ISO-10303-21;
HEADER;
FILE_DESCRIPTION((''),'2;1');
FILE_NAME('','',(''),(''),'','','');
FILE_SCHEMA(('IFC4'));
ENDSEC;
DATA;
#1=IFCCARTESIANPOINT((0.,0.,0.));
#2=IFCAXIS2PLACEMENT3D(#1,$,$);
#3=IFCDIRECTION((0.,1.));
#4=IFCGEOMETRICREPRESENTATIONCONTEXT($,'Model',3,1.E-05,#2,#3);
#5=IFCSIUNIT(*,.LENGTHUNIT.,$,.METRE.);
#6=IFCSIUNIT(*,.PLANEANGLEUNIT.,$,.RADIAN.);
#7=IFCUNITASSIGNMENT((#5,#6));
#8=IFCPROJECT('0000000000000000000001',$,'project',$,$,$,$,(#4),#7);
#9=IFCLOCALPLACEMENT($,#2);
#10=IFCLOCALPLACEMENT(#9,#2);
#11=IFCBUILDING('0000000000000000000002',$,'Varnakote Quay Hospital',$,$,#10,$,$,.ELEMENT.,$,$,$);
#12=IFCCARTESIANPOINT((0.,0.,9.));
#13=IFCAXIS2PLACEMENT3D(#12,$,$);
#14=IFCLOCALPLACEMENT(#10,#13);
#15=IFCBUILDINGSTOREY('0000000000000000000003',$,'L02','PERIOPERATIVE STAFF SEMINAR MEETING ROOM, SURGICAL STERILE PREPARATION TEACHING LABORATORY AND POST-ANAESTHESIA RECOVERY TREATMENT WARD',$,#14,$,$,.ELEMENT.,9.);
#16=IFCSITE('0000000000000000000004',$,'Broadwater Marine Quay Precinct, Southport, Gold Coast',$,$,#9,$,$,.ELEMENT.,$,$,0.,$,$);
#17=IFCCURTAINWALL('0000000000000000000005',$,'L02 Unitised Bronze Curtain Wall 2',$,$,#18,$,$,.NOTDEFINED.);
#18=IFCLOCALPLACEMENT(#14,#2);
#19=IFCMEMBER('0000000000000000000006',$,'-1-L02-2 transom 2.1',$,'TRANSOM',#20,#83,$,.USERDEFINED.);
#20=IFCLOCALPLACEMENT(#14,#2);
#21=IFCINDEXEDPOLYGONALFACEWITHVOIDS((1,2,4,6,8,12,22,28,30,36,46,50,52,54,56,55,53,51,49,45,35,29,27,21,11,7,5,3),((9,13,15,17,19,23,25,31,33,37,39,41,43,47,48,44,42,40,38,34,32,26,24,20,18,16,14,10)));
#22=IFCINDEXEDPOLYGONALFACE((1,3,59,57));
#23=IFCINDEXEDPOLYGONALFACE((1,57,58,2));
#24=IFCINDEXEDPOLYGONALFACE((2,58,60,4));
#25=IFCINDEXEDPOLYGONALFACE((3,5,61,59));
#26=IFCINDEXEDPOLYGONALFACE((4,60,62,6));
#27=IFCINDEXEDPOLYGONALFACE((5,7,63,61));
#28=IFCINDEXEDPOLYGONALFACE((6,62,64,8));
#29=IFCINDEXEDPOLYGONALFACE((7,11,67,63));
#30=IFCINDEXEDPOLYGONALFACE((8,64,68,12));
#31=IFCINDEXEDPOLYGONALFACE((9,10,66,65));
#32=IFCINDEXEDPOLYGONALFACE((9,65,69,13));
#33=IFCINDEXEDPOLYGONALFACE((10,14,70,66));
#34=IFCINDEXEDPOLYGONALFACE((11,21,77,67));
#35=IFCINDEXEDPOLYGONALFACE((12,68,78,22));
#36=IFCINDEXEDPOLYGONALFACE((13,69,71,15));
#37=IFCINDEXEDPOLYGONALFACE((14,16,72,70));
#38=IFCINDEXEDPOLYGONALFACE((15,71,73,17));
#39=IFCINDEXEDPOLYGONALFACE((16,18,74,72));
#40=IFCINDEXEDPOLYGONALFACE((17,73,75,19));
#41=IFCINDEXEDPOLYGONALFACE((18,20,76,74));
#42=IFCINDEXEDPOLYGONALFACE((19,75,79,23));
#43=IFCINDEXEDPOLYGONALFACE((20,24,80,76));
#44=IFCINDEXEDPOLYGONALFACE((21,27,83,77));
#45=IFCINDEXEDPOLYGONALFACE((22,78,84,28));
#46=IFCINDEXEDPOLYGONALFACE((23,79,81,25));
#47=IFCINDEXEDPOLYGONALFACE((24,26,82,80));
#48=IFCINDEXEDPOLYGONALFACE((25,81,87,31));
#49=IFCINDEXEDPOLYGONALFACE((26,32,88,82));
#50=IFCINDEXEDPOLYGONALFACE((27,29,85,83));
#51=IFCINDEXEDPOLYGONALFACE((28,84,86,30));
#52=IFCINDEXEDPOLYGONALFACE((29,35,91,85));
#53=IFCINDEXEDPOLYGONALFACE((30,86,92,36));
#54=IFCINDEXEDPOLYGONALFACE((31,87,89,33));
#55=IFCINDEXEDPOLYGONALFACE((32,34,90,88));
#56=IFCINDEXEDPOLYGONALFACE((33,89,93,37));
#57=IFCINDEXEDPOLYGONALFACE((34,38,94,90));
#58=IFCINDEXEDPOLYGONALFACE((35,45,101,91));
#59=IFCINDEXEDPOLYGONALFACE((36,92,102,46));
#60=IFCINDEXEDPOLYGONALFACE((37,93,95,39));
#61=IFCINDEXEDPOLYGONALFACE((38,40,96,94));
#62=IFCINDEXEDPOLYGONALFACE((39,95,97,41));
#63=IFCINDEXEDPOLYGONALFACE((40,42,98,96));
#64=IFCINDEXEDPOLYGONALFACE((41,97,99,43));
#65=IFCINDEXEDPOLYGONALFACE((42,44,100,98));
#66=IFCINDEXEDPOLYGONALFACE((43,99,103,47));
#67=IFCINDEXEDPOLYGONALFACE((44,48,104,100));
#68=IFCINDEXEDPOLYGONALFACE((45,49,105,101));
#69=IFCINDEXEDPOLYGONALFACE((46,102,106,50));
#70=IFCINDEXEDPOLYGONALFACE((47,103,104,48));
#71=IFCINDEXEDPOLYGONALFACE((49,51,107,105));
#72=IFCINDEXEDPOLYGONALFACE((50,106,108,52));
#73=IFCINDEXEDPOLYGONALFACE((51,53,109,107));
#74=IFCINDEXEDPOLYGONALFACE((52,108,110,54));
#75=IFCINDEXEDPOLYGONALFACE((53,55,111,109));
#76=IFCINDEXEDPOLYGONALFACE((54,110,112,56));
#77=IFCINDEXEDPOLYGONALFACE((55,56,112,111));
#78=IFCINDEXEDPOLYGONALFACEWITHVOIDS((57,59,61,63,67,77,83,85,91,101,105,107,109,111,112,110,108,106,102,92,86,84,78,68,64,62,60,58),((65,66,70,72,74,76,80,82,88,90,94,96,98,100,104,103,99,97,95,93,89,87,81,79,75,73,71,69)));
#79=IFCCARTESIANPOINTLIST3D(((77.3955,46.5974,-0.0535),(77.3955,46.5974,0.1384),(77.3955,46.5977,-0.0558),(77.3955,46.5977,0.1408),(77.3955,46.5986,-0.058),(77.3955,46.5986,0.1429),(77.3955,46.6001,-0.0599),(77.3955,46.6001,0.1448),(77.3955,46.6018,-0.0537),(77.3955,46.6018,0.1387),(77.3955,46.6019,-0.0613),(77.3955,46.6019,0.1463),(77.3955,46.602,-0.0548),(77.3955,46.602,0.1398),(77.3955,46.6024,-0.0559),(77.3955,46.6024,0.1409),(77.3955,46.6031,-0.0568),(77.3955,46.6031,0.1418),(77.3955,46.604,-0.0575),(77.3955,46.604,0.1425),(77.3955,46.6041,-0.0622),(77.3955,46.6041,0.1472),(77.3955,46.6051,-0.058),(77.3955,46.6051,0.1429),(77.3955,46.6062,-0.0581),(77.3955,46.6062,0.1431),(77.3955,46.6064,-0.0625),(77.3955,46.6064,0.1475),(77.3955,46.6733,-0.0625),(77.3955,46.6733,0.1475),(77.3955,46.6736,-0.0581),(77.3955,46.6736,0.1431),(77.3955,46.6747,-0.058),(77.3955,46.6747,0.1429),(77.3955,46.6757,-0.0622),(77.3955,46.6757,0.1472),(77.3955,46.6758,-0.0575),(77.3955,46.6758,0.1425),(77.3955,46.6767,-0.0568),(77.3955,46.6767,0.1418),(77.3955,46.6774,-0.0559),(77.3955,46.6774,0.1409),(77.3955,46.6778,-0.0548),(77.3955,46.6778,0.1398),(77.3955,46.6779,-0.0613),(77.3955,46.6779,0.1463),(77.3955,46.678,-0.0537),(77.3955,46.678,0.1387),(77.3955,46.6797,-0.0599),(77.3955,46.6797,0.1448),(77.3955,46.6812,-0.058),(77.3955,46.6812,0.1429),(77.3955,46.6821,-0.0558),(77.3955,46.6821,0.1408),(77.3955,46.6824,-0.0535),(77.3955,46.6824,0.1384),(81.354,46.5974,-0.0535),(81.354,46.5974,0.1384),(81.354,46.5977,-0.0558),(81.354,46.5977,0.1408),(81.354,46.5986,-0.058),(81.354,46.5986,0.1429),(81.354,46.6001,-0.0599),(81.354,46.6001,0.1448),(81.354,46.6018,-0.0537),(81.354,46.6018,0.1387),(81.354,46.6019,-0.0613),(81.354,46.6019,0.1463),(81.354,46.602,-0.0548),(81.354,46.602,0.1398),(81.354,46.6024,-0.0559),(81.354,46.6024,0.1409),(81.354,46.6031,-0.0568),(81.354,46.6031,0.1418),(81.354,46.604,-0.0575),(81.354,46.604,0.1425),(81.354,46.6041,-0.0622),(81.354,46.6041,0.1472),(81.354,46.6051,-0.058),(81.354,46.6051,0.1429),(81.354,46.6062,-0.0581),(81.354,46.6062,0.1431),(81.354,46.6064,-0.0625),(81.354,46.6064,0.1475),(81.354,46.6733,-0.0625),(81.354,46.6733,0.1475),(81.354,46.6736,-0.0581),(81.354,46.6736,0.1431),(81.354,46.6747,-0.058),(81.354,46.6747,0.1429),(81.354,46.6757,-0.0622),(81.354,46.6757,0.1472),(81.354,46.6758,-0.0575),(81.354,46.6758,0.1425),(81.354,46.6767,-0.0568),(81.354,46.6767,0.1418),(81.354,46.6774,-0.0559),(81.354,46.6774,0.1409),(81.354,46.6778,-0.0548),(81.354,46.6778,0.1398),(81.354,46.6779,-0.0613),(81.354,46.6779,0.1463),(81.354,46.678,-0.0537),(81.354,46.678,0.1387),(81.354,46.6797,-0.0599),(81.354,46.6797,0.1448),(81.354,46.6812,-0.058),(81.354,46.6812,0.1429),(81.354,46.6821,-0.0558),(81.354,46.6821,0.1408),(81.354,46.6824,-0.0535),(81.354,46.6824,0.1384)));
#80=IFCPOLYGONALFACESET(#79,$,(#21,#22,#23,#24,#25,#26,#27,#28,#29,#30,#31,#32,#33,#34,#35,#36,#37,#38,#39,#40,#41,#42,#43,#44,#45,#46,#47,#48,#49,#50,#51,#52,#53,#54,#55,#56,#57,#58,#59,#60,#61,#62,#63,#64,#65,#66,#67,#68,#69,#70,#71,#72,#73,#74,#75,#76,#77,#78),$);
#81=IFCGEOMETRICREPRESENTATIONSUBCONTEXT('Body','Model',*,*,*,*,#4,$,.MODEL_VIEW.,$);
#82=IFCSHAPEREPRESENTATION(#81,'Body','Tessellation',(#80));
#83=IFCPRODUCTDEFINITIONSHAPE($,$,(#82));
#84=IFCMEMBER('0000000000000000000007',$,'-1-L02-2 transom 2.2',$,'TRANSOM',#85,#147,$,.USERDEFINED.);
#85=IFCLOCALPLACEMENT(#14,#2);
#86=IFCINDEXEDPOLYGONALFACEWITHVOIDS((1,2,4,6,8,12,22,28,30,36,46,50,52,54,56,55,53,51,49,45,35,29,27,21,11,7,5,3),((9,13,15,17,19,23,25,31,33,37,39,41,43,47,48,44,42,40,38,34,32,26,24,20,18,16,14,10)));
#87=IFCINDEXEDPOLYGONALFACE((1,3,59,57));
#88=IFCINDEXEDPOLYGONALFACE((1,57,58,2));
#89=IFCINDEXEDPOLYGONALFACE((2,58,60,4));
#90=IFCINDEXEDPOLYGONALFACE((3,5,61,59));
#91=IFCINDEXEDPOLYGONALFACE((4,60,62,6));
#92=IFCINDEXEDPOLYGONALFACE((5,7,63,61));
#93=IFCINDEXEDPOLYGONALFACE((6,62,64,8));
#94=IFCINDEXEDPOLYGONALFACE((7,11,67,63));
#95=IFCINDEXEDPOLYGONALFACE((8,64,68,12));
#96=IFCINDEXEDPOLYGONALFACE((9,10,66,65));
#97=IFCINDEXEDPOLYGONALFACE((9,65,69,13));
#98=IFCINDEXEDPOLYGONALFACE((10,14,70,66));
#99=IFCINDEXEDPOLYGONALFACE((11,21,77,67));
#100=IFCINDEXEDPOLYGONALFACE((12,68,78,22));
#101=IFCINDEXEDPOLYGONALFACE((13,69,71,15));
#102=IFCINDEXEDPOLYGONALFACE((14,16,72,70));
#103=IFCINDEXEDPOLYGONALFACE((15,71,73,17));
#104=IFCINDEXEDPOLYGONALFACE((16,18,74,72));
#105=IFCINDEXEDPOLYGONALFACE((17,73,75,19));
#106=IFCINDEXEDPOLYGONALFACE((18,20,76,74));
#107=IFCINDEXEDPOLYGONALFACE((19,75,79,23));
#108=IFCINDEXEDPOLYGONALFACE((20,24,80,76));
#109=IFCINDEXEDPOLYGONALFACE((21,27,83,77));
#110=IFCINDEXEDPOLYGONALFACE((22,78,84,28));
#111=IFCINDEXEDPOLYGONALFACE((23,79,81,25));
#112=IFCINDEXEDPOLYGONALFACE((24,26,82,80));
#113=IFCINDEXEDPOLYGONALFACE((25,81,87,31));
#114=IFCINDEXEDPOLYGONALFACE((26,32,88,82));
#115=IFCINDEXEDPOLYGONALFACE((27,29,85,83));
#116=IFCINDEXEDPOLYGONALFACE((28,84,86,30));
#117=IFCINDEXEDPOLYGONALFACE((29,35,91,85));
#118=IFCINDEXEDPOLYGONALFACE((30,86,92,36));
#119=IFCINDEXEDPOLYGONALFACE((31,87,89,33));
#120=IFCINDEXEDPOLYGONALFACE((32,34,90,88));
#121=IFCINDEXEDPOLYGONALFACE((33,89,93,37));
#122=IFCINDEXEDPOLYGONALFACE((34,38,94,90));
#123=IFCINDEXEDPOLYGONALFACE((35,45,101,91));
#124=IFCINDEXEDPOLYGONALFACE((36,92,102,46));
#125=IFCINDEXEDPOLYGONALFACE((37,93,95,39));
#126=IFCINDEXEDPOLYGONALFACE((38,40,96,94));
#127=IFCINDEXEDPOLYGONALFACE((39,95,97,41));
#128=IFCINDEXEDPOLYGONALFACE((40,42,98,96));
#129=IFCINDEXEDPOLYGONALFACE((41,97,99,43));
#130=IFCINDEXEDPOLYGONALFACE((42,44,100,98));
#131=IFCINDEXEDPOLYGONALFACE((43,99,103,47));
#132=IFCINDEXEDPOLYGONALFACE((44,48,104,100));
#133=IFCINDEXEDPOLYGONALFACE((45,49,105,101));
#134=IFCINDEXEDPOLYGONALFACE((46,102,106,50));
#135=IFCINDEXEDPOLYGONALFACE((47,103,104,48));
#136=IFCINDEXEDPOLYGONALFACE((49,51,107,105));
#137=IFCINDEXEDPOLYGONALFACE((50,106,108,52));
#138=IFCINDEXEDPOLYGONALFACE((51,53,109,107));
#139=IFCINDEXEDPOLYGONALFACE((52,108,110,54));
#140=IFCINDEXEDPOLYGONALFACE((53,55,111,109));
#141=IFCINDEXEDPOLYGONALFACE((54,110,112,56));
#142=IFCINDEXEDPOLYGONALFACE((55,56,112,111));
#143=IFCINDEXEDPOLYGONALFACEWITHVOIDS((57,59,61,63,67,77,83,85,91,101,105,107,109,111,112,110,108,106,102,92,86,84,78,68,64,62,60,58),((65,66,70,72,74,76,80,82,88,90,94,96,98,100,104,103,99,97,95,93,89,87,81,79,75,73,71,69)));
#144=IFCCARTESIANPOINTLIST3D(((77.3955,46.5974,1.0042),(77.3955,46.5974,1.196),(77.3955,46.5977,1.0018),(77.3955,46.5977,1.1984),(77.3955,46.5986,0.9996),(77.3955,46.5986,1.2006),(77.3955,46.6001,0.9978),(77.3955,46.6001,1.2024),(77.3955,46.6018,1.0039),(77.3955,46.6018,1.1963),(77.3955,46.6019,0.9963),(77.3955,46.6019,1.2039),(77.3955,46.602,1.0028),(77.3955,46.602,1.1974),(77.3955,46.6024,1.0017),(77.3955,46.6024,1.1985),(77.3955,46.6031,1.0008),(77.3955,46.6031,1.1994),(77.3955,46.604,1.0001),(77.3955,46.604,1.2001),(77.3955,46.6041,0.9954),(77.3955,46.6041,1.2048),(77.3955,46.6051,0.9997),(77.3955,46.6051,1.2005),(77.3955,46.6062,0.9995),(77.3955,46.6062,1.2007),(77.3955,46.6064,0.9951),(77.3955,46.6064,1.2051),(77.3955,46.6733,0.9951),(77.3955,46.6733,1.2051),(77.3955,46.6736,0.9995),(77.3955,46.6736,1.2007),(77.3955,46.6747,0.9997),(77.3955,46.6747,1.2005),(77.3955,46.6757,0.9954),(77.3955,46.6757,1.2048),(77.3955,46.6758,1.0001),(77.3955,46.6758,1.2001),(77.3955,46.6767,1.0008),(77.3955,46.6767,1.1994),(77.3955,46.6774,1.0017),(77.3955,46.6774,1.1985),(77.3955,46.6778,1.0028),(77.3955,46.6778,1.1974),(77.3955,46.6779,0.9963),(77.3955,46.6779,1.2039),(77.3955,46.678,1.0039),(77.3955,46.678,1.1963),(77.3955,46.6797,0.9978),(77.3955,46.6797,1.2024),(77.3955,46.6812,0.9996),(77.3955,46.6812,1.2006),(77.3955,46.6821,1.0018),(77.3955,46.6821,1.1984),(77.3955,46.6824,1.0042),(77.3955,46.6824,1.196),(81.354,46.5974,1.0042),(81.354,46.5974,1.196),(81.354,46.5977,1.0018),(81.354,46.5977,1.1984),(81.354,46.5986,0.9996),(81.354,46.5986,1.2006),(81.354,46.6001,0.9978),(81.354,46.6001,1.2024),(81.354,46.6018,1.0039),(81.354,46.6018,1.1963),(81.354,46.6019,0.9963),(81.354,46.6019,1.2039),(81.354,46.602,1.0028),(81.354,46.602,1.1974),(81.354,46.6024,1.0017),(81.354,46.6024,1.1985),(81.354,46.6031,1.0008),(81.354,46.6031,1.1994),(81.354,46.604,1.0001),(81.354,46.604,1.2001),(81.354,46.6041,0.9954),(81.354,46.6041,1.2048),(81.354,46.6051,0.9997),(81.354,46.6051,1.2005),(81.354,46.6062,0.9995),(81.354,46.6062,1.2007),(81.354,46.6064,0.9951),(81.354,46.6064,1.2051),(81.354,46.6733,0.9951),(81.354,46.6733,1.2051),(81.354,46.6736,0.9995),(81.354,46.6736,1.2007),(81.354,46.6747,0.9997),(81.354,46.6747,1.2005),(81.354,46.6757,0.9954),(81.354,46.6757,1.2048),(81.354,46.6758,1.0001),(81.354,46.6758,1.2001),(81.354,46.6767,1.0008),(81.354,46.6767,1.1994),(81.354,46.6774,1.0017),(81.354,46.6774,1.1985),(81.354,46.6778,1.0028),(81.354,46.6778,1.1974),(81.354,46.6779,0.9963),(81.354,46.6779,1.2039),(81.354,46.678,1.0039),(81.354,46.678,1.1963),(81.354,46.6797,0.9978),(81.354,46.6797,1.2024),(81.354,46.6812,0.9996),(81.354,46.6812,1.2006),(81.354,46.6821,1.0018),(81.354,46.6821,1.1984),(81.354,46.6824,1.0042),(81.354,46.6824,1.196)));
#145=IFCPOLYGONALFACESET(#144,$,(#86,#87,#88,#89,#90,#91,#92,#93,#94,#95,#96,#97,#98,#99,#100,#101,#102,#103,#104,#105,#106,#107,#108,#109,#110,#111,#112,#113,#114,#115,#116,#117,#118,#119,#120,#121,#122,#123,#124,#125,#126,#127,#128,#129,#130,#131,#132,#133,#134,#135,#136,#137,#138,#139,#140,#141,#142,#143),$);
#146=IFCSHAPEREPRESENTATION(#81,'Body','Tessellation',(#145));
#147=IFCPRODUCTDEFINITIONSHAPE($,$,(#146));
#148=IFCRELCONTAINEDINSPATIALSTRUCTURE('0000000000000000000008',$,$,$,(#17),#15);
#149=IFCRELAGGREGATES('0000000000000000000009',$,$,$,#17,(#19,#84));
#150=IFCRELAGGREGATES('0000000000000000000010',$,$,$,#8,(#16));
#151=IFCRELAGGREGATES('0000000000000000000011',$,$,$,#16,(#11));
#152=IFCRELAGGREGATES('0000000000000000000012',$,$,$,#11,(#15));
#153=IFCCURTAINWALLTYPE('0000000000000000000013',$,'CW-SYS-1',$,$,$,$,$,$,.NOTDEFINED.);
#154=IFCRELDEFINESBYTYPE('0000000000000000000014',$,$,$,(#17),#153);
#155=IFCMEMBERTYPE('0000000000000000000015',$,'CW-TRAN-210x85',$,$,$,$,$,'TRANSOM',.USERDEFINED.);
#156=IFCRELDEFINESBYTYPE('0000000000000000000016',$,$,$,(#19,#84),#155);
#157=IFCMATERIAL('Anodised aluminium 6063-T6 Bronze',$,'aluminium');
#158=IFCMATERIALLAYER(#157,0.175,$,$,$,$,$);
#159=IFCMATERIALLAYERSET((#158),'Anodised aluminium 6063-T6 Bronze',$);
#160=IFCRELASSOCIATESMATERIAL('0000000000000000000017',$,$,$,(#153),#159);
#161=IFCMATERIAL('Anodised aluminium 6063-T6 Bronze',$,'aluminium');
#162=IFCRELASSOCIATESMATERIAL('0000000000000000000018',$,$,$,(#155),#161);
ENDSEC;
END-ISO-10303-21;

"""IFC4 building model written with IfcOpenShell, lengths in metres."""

from ifc_helpers import new_model, si_unit, direction, frame, origin, origin_2d, place, context, subcontext, project, spatial, hollow_rectangle, extrude, material, layer, layer_set, material_profile, profile_set, type_object, element, aggregate, save


model = new_model("IFC4")

# Units and contexts
model_context = context("Model", 3, precision=1e-05, world=origin(), true_north=direction((0.0, 1.0)))
body_context = subcontext(model_context, "Body", "Model", "MODEL_VIEW")
ifc_project = project(units=[si_unit("LENGTHUNIT", "METRE"), si_unit("PLANEANGLEUNIT", "RADIAN")], contexts=[model_context])

# Site, building, storey
site_placement = place(None, origin())
site = spatial("IfcSite", under=ifc_project, at=site_placement, Name="Broadwater Marine Quay Precinct, Southport, Gold Coast", CompositionType="ELEMENT", RefElevation=0.0)
building_placement = place(site_placement, origin())
building = spatial("IfcBuilding", under=site, at=building_placement, Name="Varnakote Quay Hospital", CompositionType="ELEMENT")
storey_placement = place(building_placement, frame((0.0, 0.0, 9.0)))
storey = spatial("IfcBuildingStorey", under=building, at=storey_placement, Name="L02", Description="PERIOPERATIVE STAFF SEMINAR MEETING ROOM, SURGICAL STERILE PREPARATION TEACHING LABORATORY AND POST-ANAESTHESIA RECOVERY TREATMENT WARD", CompositionType="ELEMENT", Elevation=9.0)

# Shared definitions
ifc_material_1 = material(Name="Anodised aluminium 6063-T6 Bronze", Category="aluminium")
ifc_layer_1 = layer(ifc_material_1, 0.175)
ifc_layer_set_1 = layer_set([ifc_layer_1], Name="Anodised aluminium 6063-T6 Bronze")
curtain_wall_type = type_object("IfcCurtainWallType", Name="CW-SYS-1", PredefinedType="NOTDEFINED", material=ifc_layer_set_1)

# Curtain wall, members
curtain_wall_1_placement = place(storey_placement, origin())
curtain_wall_1 = element("IfcCurtainWall", 1, at=curtain_wall_1_placement, inside=storey, type_object=curtain_wall_type, Name="L02 Unitised Bronze Curtain Wall 2", PredefinedType="NOTDEFINED")
ifc_material_2 = material(Name="Anodised aluminium 6063-T6 Bronze", Category="aluminium")
ifc_material_profile_1 = material_profile(ifc_material_2, hollow_rectangle(XDim=0.085, YDim=0.21, WallThickness=0.0044, InnerFilletRadius=0.0044, OuterFilletRadius=0.009, at=origin_2d()), Name="CW-TRAN-210x85")
ifc_profile_set_1 = profile_set([ifc_material_profile_1], Name="Anodised aluminium 6063-T6 Bronze")
member_type_1 = type_object("IfcMemberType", Name="CW-TRAN-210x85", ElementType="TRANSOM", PredefinedType="USERDEFINED", material=ifc_profile_set_1)
member_1_placement = place(storey_placement, frame((81.354, 46.6399, 0.0425), z_axis=(-1.0, 0.0, 0.0), x_axis=(0.0, -1.0, 0.0)))
member_1 = element("IfcMember", 2, at=member_1_placement, type_object=member_type_1, Name="-1-L02-2 transom 2.1", ObjectType="TRANSOM", PredefinedType="USERDEFINED", context=body_context, shape_type="SweptSolid", body=[
    extrude(hollow_rectangle(XDim=0.085, YDim=0.21, WallThickness=0.0044, InnerFilletRadius=0.0044, OuterFilletRadius=0.009, at=origin_2d()), origin(), (0.0, 0.0, 1.0), 3.9585),
])
member_2_placement = place(storey_placement, frame((81.354, 46.6399, 1.1001), z_axis=(-1.0, 0.0, 0.0), x_axis=(0.0, -1.0, 0.0)))
member_2 = element("IfcMember", 3, at=member_2_placement, type_object=member_type_1, Name="-1-L02-2 transom 2.2", ObjectType="TRANSOM", PredefinedType="USERDEFINED", context=body_context, shape_type="SweptSolid", body=[
    extrude(hollow_rectangle(XDim=0.085, YDim=0.21, WallThickness=0.0044, InnerFilletRadius=0.0044, OuterFilletRadius=0.009, at=origin_2d()), origin(), (0.0, 0.0, 1.0), 3.9585),
])

aggregate(curtain_wall_1, [member_1, member_2])

save(model, "model.ifc")
